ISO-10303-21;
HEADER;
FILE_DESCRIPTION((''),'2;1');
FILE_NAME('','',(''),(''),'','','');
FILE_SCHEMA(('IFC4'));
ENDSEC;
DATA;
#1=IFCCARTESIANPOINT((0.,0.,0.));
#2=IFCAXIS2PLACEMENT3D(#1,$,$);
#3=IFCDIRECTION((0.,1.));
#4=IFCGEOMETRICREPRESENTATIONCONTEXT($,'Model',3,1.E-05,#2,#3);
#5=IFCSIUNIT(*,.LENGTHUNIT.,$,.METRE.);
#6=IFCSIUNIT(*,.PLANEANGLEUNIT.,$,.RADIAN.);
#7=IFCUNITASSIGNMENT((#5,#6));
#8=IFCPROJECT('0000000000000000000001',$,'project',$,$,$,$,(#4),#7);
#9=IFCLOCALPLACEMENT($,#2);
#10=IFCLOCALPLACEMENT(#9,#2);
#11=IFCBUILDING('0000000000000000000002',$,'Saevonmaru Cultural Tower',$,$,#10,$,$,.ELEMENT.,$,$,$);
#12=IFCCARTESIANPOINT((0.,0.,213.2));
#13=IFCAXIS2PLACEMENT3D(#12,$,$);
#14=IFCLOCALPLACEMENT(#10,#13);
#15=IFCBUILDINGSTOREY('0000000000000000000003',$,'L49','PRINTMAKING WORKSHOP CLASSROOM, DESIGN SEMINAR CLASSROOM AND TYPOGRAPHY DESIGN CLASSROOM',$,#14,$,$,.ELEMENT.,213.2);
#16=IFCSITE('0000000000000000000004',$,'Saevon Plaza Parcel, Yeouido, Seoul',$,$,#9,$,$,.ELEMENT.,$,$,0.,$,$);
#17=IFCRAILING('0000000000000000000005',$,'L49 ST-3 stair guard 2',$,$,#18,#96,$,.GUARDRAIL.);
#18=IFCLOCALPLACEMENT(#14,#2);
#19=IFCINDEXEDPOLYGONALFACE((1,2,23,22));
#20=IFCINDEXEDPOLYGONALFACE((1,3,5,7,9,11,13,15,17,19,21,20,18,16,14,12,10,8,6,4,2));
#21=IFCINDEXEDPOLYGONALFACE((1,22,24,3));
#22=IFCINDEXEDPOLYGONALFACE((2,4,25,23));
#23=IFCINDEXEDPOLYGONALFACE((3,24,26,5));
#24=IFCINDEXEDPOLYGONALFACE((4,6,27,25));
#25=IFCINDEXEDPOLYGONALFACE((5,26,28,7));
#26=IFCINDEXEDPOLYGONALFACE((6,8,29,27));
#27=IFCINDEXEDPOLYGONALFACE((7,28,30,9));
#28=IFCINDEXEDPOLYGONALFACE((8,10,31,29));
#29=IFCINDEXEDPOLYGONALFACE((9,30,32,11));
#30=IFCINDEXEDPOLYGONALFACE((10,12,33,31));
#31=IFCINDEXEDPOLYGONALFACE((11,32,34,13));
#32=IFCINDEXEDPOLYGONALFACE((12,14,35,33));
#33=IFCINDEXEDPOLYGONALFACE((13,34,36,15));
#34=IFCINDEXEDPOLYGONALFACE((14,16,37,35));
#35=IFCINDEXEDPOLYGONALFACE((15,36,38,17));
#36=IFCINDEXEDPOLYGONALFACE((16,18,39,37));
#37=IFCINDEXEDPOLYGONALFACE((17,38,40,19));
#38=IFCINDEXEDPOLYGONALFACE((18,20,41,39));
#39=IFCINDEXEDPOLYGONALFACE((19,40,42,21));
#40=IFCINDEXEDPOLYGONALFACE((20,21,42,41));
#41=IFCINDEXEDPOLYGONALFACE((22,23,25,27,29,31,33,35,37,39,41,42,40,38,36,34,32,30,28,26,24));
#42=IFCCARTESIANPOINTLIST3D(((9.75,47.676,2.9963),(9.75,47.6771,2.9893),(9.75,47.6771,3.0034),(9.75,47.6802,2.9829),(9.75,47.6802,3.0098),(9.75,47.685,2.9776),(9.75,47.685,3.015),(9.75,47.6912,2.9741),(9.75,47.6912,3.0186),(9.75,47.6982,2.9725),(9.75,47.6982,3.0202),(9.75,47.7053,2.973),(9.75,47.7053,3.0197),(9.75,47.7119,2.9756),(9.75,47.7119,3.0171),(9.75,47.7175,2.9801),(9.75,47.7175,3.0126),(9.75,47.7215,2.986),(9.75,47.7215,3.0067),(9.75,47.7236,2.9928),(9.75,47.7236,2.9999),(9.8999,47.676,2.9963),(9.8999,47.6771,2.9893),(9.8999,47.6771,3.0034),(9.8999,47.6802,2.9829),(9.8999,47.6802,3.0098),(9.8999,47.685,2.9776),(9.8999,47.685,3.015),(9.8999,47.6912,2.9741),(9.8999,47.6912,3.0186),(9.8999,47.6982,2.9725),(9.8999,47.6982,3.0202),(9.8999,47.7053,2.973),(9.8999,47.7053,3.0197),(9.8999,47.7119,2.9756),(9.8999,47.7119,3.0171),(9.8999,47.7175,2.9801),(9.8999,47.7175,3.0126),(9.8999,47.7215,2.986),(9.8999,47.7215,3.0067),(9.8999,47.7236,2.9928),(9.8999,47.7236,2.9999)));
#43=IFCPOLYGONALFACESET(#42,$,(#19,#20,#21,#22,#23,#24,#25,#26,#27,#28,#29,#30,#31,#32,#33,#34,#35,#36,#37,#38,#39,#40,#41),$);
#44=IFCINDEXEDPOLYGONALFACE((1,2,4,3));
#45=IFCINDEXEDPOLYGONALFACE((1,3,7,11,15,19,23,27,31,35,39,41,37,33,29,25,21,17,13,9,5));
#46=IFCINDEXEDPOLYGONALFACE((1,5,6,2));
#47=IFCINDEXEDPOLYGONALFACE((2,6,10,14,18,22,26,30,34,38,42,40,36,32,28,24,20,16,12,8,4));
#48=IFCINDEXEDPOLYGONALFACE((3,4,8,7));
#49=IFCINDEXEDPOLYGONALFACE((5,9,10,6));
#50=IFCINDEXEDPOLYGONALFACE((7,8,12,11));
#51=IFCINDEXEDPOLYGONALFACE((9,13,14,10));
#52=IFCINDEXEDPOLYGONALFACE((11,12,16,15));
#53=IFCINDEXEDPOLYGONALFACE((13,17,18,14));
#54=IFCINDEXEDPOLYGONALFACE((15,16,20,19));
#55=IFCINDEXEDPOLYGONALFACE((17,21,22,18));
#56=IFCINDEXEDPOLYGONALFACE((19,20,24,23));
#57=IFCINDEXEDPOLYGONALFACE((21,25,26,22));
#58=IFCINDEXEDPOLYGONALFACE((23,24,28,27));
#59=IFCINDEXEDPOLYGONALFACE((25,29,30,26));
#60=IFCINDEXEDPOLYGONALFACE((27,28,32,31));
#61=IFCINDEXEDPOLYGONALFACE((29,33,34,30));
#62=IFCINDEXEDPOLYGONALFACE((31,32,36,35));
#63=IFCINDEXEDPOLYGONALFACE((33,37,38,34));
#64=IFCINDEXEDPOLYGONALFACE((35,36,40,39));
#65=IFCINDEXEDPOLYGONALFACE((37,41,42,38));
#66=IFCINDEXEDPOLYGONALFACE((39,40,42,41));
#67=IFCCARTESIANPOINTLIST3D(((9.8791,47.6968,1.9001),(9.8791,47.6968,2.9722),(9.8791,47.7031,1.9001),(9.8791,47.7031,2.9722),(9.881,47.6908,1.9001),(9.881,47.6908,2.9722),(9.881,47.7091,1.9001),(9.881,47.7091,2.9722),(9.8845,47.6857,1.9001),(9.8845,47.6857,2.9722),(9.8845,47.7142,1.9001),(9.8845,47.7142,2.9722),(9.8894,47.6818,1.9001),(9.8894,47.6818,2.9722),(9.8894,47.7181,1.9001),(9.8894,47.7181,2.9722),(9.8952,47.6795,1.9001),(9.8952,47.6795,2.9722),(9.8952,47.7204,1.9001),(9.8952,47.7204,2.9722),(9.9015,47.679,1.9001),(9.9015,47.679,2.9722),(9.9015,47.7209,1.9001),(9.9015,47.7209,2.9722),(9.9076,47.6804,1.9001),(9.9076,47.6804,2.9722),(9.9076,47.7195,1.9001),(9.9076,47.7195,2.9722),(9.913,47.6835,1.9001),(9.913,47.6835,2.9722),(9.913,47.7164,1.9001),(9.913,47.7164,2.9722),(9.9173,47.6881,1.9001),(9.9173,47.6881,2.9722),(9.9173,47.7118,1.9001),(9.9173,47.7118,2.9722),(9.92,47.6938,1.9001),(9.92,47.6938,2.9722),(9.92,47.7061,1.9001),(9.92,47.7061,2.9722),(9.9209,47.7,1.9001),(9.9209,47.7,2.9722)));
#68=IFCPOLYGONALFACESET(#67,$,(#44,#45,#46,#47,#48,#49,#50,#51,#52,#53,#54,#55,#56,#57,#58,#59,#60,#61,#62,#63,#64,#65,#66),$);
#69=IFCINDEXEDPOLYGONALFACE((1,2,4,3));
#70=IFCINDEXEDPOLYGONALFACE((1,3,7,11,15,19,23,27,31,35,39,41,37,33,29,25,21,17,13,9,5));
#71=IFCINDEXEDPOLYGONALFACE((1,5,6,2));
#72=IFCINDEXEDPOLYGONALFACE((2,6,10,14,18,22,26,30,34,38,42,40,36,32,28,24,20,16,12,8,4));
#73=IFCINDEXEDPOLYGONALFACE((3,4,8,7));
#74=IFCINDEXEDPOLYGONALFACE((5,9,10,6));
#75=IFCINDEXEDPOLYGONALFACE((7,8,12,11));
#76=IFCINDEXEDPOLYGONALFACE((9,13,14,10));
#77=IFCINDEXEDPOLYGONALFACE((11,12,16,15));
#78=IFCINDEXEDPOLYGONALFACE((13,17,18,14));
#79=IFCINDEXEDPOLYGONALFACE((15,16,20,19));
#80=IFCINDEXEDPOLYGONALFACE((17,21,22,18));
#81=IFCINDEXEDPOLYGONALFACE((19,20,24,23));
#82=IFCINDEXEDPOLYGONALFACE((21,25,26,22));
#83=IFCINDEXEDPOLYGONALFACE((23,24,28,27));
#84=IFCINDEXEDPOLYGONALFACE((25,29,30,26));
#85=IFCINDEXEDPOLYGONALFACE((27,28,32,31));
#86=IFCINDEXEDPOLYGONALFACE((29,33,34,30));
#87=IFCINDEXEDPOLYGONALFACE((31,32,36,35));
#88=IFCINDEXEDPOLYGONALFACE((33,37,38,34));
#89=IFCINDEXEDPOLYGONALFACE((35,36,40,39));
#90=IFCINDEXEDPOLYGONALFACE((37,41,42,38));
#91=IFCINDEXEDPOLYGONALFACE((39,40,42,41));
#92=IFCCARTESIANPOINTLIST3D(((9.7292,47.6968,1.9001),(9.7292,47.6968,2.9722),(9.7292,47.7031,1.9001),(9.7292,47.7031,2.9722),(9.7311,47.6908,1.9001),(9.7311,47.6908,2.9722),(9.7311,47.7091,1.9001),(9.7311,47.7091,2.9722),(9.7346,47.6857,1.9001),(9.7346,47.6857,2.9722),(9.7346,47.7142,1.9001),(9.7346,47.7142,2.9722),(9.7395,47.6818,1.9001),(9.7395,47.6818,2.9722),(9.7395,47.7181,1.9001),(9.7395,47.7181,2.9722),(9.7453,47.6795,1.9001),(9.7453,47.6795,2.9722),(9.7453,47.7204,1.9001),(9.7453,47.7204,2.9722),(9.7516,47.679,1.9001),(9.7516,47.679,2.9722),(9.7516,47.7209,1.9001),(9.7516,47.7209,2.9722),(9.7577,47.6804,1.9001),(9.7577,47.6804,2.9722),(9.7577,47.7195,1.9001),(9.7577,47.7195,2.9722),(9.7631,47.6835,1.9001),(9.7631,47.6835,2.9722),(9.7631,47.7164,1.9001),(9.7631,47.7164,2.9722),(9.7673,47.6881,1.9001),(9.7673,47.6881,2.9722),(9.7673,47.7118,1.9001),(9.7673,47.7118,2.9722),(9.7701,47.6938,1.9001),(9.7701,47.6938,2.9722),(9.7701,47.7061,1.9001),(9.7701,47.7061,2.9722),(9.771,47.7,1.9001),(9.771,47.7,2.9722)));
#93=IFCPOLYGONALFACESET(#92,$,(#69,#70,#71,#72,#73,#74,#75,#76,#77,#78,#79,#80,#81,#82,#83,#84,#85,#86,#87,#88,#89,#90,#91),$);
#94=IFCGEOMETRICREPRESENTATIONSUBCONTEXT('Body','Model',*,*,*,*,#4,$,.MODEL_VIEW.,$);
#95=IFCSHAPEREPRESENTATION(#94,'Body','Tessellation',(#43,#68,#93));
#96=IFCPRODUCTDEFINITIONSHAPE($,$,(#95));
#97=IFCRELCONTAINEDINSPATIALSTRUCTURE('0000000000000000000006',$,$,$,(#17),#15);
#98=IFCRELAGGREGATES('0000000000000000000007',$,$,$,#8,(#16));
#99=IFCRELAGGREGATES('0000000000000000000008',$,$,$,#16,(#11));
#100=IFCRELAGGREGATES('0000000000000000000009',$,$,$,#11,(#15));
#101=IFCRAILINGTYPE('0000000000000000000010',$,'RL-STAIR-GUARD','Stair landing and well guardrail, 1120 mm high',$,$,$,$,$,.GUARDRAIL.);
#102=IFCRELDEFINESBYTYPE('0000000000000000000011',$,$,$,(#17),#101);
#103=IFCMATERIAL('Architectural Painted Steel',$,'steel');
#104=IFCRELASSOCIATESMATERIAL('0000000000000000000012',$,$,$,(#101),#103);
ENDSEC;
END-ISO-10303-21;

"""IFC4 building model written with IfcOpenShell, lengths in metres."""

from ifc_helpers import new_model, si_unit, direction, frame, origin, origin_2d, place, context, subcontext, project, spatial, circle, extrude, material, type_object, element, save


model = new_model("IFC4")

# Units and contexts
model_context = context("Model", 3, precision=1e-05, world=origin(), true_north=direction((0.0, 1.0)))
body_context = subcontext(model_context, "Body", "Model", "MODEL_VIEW")
ifc_project = project(units=[si_unit("LENGTHUNIT", "METRE"), si_unit("PLANEANGLEUNIT", "RADIAN")], contexts=[model_context])

# Site, building, storey
site_placement = place(None, origin())
site = spatial("IfcSite", under=ifc_project, at=site_placement, Name="Saevon Plaza Parcel, Yeouido, Seoul", CompositionType="ELEMENT", RefElevation=0.0)
building_placement = place(site_placement, origin())
building = spatial("IfcBuilding", under=site, at=building_placement, Name="Saevonmaru Cultural Tower", CompositionType="ELEMENT")
storey_placement = place(building_placement, frame((0.0, 0.0, 213.2)))
storey = spatial("IfcBuildingStorey", under=building, at=storey_placement, Name="L49", Description="PRINTMAKING WORKSHOP CLASSROOM, DESIGN SEMINAR CLASSROOM AND TYPOGRAPHY DESIGN CLASSROOM", CompositionType="ELEMENT", Elevation=213.2)

# Railing
ifc_material_1 = material(Name="Architectural Painted Steel", Category="steel")
railing_type_1 = type_object("IfcRailingType", Name="RL-STAIR-GUARD", Description="Stair landing and well guardrail, 1120 mm high", PredefinedType="GUARDRAIL", material=ifc_material_1)
railing_1_placement = place(storey_placement, frame((9.8999, 47.7, 1.9001)))
element("IfcRailing", 1, at=railing_1_placement, inside=storey, type_object=railing_type_1, Name="L49 ST-3 stair guard 2", PredefinedType="GUARDRAIL", context=body_context, shape_type="SweptSolid", body=[
    extrude(circle(Radius=0.0239, at=origin_2d()), frame((0.0, 0.0, 1.0962), z_axis=(-1.0, 0.0, 0.0), x_axis=(0.0, -1.0, 0.0)), (0.0, 0.0, 1.0), 0.1499),
    extrude(circle(Radius=0.021, at=origin_2d()), origin(), (0.0, 0.0, 1.0), 1.072),
    extrude(circle(Radius=0.021, at=origin_2d()), frame((-0.1499, 0.0, 0.0)), (0.0, 0.0, 1.0), 1.072),
])

save(model, "model.ifc")
